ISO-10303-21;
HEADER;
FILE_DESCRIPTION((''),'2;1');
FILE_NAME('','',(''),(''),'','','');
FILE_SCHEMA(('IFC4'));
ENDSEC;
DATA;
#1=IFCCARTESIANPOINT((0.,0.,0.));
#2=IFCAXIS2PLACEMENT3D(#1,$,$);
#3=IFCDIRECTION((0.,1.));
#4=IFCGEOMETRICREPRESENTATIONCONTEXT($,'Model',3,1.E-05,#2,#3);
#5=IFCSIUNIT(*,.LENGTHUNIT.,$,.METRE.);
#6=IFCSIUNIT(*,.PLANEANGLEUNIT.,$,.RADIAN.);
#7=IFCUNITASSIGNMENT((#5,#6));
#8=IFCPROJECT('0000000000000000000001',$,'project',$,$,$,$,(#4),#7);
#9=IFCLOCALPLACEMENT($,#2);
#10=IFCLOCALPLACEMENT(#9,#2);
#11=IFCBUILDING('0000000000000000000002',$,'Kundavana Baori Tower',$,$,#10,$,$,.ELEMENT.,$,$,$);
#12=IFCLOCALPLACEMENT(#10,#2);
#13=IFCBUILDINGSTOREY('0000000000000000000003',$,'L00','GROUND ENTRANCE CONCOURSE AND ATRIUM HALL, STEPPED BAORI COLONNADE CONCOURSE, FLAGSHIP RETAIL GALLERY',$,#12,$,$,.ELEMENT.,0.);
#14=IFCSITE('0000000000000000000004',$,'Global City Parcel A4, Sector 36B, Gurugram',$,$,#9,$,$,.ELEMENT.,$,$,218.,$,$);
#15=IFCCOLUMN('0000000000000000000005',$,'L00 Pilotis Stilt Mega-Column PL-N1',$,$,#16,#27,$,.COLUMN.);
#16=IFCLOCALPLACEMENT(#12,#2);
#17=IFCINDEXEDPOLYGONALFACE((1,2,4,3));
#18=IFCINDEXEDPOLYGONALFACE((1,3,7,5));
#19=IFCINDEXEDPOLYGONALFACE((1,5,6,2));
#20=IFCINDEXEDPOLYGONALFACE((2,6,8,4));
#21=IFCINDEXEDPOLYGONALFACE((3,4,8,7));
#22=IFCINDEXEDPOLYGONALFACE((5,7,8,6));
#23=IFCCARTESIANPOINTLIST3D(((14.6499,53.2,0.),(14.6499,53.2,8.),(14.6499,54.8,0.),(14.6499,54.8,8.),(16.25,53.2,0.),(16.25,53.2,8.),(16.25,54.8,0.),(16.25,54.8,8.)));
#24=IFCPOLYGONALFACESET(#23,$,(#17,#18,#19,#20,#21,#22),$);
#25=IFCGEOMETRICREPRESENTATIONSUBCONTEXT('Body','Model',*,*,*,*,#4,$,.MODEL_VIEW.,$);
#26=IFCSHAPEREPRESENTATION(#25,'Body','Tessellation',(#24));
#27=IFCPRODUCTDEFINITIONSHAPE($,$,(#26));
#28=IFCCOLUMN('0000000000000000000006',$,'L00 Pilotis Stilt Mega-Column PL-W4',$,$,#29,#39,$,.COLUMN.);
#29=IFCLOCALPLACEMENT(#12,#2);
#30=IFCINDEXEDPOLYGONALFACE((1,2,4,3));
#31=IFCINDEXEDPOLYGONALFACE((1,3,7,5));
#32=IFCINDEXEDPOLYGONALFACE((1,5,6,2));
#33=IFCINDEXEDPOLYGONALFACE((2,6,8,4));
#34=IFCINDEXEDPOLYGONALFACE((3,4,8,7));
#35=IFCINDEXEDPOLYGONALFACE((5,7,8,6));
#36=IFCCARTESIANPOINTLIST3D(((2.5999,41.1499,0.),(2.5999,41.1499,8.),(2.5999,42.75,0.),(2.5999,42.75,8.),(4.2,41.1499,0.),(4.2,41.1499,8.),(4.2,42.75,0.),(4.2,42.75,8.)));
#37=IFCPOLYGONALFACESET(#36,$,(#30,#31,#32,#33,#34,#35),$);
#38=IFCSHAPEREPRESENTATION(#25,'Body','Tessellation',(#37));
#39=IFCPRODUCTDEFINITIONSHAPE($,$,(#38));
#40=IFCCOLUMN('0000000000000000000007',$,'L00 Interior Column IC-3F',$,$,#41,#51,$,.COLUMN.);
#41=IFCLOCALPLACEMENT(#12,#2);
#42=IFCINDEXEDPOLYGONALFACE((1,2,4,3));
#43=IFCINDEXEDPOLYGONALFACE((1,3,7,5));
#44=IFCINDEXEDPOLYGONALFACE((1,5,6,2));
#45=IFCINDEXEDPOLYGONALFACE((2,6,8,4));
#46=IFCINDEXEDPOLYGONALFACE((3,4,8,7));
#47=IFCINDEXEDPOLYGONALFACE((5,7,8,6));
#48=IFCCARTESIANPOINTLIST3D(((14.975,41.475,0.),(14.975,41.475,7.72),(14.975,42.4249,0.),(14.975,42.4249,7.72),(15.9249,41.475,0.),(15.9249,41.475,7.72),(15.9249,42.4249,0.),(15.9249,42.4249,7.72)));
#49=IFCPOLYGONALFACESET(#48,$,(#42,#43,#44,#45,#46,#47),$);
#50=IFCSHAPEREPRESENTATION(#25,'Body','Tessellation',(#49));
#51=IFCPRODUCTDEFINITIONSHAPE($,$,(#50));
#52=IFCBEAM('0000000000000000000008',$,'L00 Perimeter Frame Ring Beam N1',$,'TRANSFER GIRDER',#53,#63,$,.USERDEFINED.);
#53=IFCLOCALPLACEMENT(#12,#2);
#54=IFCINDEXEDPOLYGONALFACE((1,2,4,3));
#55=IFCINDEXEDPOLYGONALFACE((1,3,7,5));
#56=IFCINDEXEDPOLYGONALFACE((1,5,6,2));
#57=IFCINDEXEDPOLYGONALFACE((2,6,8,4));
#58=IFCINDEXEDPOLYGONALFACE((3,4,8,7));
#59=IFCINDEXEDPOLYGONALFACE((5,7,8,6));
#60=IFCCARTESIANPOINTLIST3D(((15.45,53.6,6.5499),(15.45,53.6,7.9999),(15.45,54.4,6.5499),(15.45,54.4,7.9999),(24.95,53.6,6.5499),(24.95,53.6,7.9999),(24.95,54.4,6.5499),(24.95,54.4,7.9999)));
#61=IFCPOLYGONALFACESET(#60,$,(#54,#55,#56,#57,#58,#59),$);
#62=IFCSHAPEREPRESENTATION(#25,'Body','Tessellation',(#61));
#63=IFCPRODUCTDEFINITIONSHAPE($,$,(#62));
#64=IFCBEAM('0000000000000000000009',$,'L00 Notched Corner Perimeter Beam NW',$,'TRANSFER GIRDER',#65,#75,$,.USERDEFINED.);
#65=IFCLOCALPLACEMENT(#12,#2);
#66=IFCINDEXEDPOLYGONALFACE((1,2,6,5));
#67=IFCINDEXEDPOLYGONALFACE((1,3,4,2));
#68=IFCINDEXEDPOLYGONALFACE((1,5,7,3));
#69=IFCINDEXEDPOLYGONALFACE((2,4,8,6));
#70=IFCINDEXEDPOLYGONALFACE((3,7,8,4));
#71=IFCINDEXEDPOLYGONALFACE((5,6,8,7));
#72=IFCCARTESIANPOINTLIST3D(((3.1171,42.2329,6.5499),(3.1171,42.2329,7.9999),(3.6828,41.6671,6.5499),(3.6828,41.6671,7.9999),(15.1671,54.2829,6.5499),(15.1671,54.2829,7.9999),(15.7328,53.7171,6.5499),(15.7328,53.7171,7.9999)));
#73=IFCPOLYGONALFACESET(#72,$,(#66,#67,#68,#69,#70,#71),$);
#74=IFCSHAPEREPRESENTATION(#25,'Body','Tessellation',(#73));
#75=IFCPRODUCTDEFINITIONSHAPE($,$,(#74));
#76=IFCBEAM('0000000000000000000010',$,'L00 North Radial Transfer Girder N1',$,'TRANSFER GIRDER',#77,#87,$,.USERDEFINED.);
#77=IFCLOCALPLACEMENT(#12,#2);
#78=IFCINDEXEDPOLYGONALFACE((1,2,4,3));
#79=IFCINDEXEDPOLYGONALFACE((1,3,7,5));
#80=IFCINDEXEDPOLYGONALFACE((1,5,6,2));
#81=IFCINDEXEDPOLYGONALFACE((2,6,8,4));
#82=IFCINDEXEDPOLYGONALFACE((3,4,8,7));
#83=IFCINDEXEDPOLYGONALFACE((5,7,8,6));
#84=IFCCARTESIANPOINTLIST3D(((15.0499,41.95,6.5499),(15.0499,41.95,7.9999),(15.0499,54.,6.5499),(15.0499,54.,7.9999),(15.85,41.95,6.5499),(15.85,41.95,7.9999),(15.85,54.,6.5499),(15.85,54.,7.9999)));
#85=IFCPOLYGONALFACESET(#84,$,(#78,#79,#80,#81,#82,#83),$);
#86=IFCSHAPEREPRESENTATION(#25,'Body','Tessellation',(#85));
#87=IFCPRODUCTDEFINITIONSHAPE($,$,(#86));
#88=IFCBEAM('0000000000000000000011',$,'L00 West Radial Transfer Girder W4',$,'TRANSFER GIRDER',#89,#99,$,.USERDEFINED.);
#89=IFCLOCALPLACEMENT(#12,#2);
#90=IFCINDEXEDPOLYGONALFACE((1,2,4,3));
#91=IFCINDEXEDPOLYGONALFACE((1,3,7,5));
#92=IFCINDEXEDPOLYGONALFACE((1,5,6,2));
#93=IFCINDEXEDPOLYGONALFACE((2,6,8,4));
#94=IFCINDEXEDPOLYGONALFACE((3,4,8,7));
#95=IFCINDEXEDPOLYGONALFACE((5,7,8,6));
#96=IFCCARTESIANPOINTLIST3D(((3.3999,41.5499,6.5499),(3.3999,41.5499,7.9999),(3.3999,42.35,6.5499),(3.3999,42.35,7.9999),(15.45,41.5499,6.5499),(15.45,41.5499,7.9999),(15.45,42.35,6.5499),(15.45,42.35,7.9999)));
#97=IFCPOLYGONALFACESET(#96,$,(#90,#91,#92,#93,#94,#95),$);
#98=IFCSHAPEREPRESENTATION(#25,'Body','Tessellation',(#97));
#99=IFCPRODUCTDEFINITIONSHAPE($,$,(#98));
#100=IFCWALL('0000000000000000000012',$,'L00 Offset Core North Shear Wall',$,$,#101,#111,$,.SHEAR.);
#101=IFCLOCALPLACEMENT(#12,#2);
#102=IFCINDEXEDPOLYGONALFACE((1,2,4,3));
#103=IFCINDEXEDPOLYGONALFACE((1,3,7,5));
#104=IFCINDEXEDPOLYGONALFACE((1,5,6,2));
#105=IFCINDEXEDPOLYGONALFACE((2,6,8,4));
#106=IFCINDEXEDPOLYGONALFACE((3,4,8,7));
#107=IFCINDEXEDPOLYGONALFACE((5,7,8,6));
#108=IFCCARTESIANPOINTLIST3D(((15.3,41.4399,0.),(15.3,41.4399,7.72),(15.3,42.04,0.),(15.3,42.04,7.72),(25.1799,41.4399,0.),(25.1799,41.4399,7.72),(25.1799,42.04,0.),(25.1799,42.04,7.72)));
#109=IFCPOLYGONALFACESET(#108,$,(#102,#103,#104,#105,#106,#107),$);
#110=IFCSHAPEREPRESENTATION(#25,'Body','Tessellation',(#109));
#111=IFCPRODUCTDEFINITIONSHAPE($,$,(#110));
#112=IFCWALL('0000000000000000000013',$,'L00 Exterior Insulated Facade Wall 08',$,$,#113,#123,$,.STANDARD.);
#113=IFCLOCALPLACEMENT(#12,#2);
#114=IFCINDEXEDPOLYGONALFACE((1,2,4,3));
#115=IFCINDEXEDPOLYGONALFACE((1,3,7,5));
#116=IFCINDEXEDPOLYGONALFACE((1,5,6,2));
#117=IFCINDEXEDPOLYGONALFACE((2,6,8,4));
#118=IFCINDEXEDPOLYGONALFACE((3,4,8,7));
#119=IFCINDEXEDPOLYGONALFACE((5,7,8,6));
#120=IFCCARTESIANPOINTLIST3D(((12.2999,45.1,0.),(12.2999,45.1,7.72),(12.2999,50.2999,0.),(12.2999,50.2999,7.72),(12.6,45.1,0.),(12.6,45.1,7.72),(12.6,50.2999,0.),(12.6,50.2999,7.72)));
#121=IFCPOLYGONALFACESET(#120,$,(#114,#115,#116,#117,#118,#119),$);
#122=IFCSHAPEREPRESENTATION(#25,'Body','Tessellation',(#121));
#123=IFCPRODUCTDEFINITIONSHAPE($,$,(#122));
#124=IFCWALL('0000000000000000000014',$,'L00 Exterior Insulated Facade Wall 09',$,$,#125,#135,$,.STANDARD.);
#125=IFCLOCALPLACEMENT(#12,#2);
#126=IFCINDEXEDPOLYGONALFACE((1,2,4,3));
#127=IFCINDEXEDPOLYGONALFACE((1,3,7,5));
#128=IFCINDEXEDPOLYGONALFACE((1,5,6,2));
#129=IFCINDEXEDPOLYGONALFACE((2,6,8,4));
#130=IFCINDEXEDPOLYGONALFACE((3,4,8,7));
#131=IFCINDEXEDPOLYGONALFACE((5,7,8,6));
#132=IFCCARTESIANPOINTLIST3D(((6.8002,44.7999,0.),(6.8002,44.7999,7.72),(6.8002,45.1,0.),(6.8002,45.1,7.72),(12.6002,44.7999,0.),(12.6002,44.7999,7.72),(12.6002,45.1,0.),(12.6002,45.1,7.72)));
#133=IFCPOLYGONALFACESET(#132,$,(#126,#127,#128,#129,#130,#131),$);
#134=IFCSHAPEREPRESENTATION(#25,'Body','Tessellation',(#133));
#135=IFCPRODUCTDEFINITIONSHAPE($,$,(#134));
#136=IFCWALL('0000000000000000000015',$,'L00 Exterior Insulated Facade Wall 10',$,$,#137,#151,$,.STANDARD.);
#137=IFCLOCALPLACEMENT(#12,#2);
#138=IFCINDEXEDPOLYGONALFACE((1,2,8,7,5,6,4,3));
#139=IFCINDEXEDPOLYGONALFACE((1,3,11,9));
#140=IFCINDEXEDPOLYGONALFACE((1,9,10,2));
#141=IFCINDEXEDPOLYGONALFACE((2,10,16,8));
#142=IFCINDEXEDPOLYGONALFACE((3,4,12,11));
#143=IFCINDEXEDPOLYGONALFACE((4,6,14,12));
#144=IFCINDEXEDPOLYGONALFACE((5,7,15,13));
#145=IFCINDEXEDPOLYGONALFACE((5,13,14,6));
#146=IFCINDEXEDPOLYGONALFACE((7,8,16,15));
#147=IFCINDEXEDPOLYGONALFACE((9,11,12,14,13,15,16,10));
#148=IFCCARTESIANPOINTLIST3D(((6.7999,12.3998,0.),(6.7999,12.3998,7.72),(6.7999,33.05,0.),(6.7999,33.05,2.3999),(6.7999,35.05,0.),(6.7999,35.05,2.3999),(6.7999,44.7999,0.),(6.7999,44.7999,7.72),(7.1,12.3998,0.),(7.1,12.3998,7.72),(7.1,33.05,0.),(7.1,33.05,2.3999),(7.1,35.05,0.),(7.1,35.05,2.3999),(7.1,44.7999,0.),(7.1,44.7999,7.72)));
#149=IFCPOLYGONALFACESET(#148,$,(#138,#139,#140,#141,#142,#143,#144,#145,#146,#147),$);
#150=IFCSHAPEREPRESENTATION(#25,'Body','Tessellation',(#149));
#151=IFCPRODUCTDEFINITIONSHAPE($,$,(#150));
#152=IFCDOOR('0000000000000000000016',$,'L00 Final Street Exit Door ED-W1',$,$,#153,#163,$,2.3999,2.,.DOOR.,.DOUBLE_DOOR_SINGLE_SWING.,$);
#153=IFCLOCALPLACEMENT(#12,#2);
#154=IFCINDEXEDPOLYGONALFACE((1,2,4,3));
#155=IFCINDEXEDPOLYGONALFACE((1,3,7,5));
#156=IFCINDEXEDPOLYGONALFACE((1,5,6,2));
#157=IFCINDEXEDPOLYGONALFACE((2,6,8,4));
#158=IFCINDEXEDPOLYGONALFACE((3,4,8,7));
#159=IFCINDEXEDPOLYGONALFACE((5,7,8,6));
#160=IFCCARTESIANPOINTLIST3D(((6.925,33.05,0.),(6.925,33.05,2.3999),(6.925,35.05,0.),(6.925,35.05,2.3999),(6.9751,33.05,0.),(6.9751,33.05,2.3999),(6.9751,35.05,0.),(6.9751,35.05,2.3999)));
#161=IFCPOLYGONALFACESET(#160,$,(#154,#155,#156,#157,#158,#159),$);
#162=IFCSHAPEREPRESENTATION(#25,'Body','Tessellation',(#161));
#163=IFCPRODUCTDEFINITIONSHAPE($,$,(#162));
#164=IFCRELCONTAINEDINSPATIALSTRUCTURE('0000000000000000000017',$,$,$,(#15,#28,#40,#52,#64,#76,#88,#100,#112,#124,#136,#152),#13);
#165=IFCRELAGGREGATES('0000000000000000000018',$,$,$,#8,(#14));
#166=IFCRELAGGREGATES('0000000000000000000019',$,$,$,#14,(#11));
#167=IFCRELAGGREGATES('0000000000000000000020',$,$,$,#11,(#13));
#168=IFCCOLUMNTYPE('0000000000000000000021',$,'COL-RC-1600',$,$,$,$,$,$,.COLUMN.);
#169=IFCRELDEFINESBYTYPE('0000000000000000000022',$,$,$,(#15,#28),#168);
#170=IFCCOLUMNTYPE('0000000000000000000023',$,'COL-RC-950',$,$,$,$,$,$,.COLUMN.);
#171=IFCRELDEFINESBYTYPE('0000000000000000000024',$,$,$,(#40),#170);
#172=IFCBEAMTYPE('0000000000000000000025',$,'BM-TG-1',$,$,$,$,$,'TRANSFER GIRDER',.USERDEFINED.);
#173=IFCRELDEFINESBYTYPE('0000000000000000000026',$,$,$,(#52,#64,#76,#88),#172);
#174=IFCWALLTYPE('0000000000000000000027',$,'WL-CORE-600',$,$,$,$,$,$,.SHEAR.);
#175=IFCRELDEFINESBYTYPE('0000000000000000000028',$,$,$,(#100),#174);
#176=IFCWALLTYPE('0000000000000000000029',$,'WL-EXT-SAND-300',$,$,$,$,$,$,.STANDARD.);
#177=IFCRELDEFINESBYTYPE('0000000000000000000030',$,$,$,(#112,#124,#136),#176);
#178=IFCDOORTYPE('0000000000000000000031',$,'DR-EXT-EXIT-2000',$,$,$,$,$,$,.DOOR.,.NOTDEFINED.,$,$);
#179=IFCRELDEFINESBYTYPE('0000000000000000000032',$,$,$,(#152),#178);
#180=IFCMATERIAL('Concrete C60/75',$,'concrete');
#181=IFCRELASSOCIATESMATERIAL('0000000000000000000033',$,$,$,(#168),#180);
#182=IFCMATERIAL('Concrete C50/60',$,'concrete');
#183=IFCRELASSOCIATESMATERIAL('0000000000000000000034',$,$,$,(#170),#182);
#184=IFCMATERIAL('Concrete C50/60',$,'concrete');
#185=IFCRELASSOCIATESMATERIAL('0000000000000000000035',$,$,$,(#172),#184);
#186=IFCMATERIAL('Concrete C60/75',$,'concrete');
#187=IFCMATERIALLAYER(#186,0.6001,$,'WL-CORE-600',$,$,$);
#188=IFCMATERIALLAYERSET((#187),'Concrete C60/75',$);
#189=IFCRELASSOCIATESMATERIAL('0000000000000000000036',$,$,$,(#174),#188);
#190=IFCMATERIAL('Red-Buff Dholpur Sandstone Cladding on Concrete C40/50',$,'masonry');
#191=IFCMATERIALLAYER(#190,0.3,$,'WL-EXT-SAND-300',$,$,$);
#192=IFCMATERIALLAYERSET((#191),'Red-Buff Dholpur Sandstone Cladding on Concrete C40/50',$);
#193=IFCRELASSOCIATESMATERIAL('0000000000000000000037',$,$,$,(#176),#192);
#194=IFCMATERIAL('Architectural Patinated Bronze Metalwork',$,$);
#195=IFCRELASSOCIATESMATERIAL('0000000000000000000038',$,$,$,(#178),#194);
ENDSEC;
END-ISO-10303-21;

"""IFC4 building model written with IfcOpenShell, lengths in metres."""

from ifc_helpers import new_model, si_unit, direction, frame, frame_2d, origin, origin_2d, place, context, subcontext, project, spatial, rectangle, extrude, material, layer, layer_set, material_profile, profile_set, type_object, element, fill, save


model = new_model("IFC4")

# Units and contexts
model_context = context("Model", 3, precision=1e-05, world=origin(), true_north=direction((0.0, 1.0)))
body_context = subcontext(model_context, "Body", "Model", "MODEL_VIEW")
ifc_project = project(units=[si_unit("LENGTHUNIT", "METRE"), si_unit("PLANEANGLEUNIT", "RADIAN")], contexts=[model_context])

# Site, building, storey
site_placement = place(None, origin())
site = spatial("IfcSite", under=ifc_project, at=site_placement, Name="Global City Parcel A4, Sector 36B, Gurugram", CompositionType="ELEMENT", RefElevation=218.0)
building_placement = place(site_placement, origin())
building = spatial("IfcBuilding", under=site, at=building_placement, Name="Kundavana Baori Tower", CompositionType="ELEMENT")
storey_placement = place(building_placement, origin())
storey = spatial("IfcBuildingStorey", under=building, at=storey_placement, Name="L00", Description="GROUND ENTRANCE CONCOURSE AND ATRIUM HALL, STEPPED BAORI COLONNADE CONCOURSE, FLAGSHIP RETAIL GALLERY", CompositionType="ELEMENT", Elevation=0.0)

# Columns
ifc_material_1 = material(Name="Concrete C60/75", Category="concrete")
ifc_material_profile_1 = material_profile(ifc_material_1, rectangle(XDim=1.6001, YDim=1.6001, at=origin_2d()), Name="RC 1600x1600")
ifc_profile_set_1 = profile_set([ifc_material_profile_1], Name="Concrete C60/75")
column_type_1 = type_object("IfcColumnType", Name="COL-RC-1600", PredefinedType="COLUMN", material=ifc_profile_set_1)
for number, where, z_axis, x_axis, name in (
    (1, (15.45, 54.0, 0.0), (0.0, 0.0, 1.0), (1.0, 0.0, 0.0), "L00 Pilotis Stilt Mega-Column PL-N1"),
    (2, (3.3999, 41.95, 0.0), (0.0, 0.0, 1.0), (1.0, 0.0, 0.0), "L00 Pilotis Stilt Mega-Column PL-W4"),
):
    element("IfcColumn", number, at=place(storey_placement, frame(where, z_axis=z_axis, x_axis=x_axis)), inside=storey, type_object=column_type_1, Name=name, PredefinedType="COLUMN", context=body_context, shape_type="SweptSolid", body=[
        extrude(rectangle(XDim=1.6001, YDim=1.6001, at=origin_2d()), origin(), (0.0, 0.0, 1.0), 8.0),
    ])
ifc_material_2 = material(Name="Concrete C50/60", Category="concrete")
ifc_material_profile_2 = material_profile(ifc_material_2, rectangle(XDim=0.95, YDim=0.95, at=origin_2d()), Name="RC 950x950")
ifc_profile_set_2 = profile_set([ifc_material_profile_2], Name="Concrete C50/60")
column_type_2 = type_object("IfcColumnType", Name="COL-RC-950", PredefinedType="COLUMN", material=ifc_profile_set_2)
column_placement = place(storey_placement, frame((15.45, 41.95, 0.0), z_axis=(0.0, 0.0, 1.0), x_axis=(1.0, 0.0, 0.0)))
element("IfcColumn", 3, at=column_placement, inside=storey, type_object=column_type_2, Name="L00 Interior Column IC-3F", PredefinedType="COLUMN", context=body_context, shape_type="SweptSolid", body=[
    extrude(rectangle(XDim=0.95, YDim=0.95, at=origin_2d()), origin(), (0.0, 0.0, 1.0), 7.72),
])

# Beams
ifc_material_3 = material(Name="Concrete C50/60", Category="concrete")
ifc_material_profile_3 = material_profile(ifc_material_3, rectangle(XDim=0.8, YDim=1.45, at=origin_2d()), Name="BM-TG-1")
ifc_profile_set_3 = profile_set([ifc_material_profile_3], Name="Concrete C50/60")
beam_type = type_object("IfcBeamType", Name="BM-TG-1", ElementType="TRANSFER GIRDER", PredefinedType="USERDEFINED", material=ifc_profile_set_3)
beam_1_placement = place(storey_placement, frame((15.45, 54.0, 7.2749), z_axis=(1.0, 0.0, 0.0), x_axis=(0.0, 1.0, 0.0)))
element("IfcBeam", 4, at=beam_1_placement, inside=storey, type_object=beam_type, Name="L00 Perimeter Frame Ring Beam N1", ObjectType="TRANSFER GIRDER", PredefinedType="USERDEFINED", context=body_context, shape_type="SweptSolid", body=[
    extrude(rectangle(XDim=0.8, YDim=1.45, at=origin_2d()), origin(), (0.0, 0.0, 1.0), 9.5),
])
beam_2_placement = place(storey_placement, frame((15.45, 54.0, 7.2749), z_axis=(-0.707107, -0.707107, 0.0), x_axis=(0.707107, -0.707107, 0.0)))
element("IfcBeam", 5, at=beam_2_placement, inside=storey, type_object=beam_type, Name="L00 Notched Corner Perimeter Beam NW", ObjectType="TRANSFER GIRDER", PredefinedType="USERDEFINED", context=body_context, shape_type="SweptSolid", body=[
    extrude(rectangle(XDim=0.8, YDim=1.45, at=origin_2d()), origin(), (0.0, 0.0, 1.0), 17.0413),
])
for number, where, z_axis, x_axis, name in (
    (6, (15.45, 41.95, 7.2749), (0.0, 1.0, 0.0), (-1.0, 0.0, 0.0), "L00 North Radial Transfer Girder N1"),
    (7, (15.45, 41.95, 7.2749), (-1.0, 0.0, 0.0), (0.0, -1.0, 0.0), "L00 West Radial Transfer Girder W4"),
):
    element("IfcBeam", number, at=place(storey_placement, frame(where, z_axis=z_axis, x_axis=x_axis)), inside=storey, type_object=beam_type, Name=name, ObjectType="TRANSFER GIRDER", PredefinedType="USERDEFINED", context=body_context, shape_type="SweptSolid", body=[
        extrude(rectangle(XDim=0.8, YDim=1.45, at=origin_2d()), origin(), (0.0, 0.0, 1.0), 12.05),
    ])

# Walls
ifc_material_4 = material(Name="Concrete C60/75", Category="concrete")
ifc_layer_1 = layer(ifc_material_4, 0.6001, Name="WL-CORE-600")
ifc_layer_set_1 = layer_set([ifc_layer_1], Name="Concrete C60/75")
wall_type_1 = type_object("IfcWallType", Name="WL-CORE-600", PredefinedType="SHEAR", material=ifc_layer_set_1)
wall_1_placement = place(storey_placement, frame((15.3, 41.74, 0.0), z_axis=(0.0, 0.0, 1.0), x_axis=(1.0, 0.0, 0.0)))
element("IfcWall", 8, at=wall_1_placement, inside=storey, type_object=wall_type_1, Name="L00 Offset Core North Shear Wall", PredefinedType="SHEAR", context=body_context, shape_type="SweptSolid", body=[
    extrude(rectangle(XDim=9.8799, YDim=0.6001, at=frame_2d((4.9399, 0.0))), origin(), (0.0, 0.0, 1.0), 7.72),
])
ifc_material_5 = material(Name="Red-Buff Dholpur Sandstone Cladding on Concrete C40/50", Category="masonry")
ifc_layer_2 = layer(ifc_material_5, 0.3, Name="WL-EXT-SAND-300")
ifc_layer_set_2 = layer_set([ifc_layer_2], Name="Red-Buff Dholpur Sandstone Cladding on Concrete C40/50")
wall_type_2 = type_object("IfcWallType", Name="WL-EXT-SAND-300", PredefinedType="STANDARD", material=ifc_layer_set_2)
wall_2_placement = place(storey_placement, frame((12.45, 50.3, 0.0), z_axis=(0.0, 0.0, 1.0), x_axis=(0.0, -1.0, 0.0)))
element("IfcWall", 9, at=wall_2_placement, inside=storey, type_object=wall_type_2, Name="L00 Exterior Insulated Facade Wall 08", PredefinedType="STANDARD", context=body_context, shape_type="SweptSolid", body=[
    extrude(rectangle(XDim=5.2, YDim=0.3, at=frame_2d((2.6001, 0.0))), origin(), (0.0, 0.0, 1.0), 7.72),
])
wall_3_placement = place(storey_placement, frame((12.6001, 44.95, 0.0), z_axis=(0.0, 0.0, 1.0), x_axis=(-1.0, 0.0, 0.0)))
element("IfcWall", 10, at=wall_3_placement, inside=storey, type_object=wall_type_2, Name="L00 Exterior Insulated Facade Wall 09", PredefinedType="STANDARD", context=body_context, shape_type="SweptSolid", body=[
    extrude(rectangle(XDim=5.8, YDim=0.3, at=frame_2d((2.8999, 0.0))), origin(), (0.0, 0.0, 1.0), 7.72),
])

# Wall, opening, door
wall_4_placement = place(storey_placement, frame((6.95, 44.8, 0.0), z_axis=(0.0, 0.0, 1.0), x_axis=(0.0, -1.0, 0.0)))
wall_4 = element("IfcWall", 11, at=wall_4_placement, inside=storey, type_object=wall_type_2, Name="L00 Exterior Insulated Facade Wall 10", PredefinedType="STANDARD", context=body_context, shape_type="SweptSolid", body=[
    extrude(rectangle(XDim=32.4001, YDim=0.3, at=frame_2d((16.2002, 0.0))), origin(), (0.0, 0.0, 1.0), 7.72),
])
opening_1_placement = place(wall_4_placement, frame((9.75, 0.0, 0.0)))
opening_1 = element("IfcOpeningElement", 12, at=opening_1_placement, cuts=wall_4, PredefinedType="OPENING", context=body_context, shape_type="SweptSolid", body=[
    extrude(rectangle(XDim=2.0, YDim=2.3999, at=frame_2d((1.0, 1.2))), frame((0.0, 0.1602, 0.0), z_axis=(0.0, -1.0, 0.0), x_axis=(1.0, 0.0, 0.0)), (0.0, 0.0, 1.0), 0.3201),
])
ifc_material_6 = material(Name="Architectural Patinated Bronze Metalwork")
door_type_1 = type_object("IfcDoorType", Name="DR-EXT-EXIT-2000", OperationType="NOTDEFINED", PredefinedType="DOOR", material=ifc_material_6)
door_1_placement = place(opening_1_placement, frame((2.0, 0.0, 0.0), z_axis=(0.0, 0.0, 1.0), x_axis=(-1.0, 0.0, 0.0)))
door_1 = element("IfcDoor", 13, at=door_1_placement, inside=storey, type_object=door_type_1, Name="L00 Final Street Exit Door ED-W1", OperationType="DOUBLE_DOOR_SINGLE_SWING", OverallHeight=2.3999, OverallWidth=2.0, PredefinedType="DOOR", context=body_context, shape_type="SweptSolid", body=[
    extrude(rectangle(XDim=2.0, YDim=2.3999, at=frame_2d((1.0, 1.2))), frame((0.0, 0.0249, 0.0), z_axis=(0.0, -1.0, 0.0), x_axis=(1.0, 0.0, 0.0)), (0.0, 0.0, 1.0), 0.05),
])
fill(opening_1, door_1)

save(model, "model.ifc")
